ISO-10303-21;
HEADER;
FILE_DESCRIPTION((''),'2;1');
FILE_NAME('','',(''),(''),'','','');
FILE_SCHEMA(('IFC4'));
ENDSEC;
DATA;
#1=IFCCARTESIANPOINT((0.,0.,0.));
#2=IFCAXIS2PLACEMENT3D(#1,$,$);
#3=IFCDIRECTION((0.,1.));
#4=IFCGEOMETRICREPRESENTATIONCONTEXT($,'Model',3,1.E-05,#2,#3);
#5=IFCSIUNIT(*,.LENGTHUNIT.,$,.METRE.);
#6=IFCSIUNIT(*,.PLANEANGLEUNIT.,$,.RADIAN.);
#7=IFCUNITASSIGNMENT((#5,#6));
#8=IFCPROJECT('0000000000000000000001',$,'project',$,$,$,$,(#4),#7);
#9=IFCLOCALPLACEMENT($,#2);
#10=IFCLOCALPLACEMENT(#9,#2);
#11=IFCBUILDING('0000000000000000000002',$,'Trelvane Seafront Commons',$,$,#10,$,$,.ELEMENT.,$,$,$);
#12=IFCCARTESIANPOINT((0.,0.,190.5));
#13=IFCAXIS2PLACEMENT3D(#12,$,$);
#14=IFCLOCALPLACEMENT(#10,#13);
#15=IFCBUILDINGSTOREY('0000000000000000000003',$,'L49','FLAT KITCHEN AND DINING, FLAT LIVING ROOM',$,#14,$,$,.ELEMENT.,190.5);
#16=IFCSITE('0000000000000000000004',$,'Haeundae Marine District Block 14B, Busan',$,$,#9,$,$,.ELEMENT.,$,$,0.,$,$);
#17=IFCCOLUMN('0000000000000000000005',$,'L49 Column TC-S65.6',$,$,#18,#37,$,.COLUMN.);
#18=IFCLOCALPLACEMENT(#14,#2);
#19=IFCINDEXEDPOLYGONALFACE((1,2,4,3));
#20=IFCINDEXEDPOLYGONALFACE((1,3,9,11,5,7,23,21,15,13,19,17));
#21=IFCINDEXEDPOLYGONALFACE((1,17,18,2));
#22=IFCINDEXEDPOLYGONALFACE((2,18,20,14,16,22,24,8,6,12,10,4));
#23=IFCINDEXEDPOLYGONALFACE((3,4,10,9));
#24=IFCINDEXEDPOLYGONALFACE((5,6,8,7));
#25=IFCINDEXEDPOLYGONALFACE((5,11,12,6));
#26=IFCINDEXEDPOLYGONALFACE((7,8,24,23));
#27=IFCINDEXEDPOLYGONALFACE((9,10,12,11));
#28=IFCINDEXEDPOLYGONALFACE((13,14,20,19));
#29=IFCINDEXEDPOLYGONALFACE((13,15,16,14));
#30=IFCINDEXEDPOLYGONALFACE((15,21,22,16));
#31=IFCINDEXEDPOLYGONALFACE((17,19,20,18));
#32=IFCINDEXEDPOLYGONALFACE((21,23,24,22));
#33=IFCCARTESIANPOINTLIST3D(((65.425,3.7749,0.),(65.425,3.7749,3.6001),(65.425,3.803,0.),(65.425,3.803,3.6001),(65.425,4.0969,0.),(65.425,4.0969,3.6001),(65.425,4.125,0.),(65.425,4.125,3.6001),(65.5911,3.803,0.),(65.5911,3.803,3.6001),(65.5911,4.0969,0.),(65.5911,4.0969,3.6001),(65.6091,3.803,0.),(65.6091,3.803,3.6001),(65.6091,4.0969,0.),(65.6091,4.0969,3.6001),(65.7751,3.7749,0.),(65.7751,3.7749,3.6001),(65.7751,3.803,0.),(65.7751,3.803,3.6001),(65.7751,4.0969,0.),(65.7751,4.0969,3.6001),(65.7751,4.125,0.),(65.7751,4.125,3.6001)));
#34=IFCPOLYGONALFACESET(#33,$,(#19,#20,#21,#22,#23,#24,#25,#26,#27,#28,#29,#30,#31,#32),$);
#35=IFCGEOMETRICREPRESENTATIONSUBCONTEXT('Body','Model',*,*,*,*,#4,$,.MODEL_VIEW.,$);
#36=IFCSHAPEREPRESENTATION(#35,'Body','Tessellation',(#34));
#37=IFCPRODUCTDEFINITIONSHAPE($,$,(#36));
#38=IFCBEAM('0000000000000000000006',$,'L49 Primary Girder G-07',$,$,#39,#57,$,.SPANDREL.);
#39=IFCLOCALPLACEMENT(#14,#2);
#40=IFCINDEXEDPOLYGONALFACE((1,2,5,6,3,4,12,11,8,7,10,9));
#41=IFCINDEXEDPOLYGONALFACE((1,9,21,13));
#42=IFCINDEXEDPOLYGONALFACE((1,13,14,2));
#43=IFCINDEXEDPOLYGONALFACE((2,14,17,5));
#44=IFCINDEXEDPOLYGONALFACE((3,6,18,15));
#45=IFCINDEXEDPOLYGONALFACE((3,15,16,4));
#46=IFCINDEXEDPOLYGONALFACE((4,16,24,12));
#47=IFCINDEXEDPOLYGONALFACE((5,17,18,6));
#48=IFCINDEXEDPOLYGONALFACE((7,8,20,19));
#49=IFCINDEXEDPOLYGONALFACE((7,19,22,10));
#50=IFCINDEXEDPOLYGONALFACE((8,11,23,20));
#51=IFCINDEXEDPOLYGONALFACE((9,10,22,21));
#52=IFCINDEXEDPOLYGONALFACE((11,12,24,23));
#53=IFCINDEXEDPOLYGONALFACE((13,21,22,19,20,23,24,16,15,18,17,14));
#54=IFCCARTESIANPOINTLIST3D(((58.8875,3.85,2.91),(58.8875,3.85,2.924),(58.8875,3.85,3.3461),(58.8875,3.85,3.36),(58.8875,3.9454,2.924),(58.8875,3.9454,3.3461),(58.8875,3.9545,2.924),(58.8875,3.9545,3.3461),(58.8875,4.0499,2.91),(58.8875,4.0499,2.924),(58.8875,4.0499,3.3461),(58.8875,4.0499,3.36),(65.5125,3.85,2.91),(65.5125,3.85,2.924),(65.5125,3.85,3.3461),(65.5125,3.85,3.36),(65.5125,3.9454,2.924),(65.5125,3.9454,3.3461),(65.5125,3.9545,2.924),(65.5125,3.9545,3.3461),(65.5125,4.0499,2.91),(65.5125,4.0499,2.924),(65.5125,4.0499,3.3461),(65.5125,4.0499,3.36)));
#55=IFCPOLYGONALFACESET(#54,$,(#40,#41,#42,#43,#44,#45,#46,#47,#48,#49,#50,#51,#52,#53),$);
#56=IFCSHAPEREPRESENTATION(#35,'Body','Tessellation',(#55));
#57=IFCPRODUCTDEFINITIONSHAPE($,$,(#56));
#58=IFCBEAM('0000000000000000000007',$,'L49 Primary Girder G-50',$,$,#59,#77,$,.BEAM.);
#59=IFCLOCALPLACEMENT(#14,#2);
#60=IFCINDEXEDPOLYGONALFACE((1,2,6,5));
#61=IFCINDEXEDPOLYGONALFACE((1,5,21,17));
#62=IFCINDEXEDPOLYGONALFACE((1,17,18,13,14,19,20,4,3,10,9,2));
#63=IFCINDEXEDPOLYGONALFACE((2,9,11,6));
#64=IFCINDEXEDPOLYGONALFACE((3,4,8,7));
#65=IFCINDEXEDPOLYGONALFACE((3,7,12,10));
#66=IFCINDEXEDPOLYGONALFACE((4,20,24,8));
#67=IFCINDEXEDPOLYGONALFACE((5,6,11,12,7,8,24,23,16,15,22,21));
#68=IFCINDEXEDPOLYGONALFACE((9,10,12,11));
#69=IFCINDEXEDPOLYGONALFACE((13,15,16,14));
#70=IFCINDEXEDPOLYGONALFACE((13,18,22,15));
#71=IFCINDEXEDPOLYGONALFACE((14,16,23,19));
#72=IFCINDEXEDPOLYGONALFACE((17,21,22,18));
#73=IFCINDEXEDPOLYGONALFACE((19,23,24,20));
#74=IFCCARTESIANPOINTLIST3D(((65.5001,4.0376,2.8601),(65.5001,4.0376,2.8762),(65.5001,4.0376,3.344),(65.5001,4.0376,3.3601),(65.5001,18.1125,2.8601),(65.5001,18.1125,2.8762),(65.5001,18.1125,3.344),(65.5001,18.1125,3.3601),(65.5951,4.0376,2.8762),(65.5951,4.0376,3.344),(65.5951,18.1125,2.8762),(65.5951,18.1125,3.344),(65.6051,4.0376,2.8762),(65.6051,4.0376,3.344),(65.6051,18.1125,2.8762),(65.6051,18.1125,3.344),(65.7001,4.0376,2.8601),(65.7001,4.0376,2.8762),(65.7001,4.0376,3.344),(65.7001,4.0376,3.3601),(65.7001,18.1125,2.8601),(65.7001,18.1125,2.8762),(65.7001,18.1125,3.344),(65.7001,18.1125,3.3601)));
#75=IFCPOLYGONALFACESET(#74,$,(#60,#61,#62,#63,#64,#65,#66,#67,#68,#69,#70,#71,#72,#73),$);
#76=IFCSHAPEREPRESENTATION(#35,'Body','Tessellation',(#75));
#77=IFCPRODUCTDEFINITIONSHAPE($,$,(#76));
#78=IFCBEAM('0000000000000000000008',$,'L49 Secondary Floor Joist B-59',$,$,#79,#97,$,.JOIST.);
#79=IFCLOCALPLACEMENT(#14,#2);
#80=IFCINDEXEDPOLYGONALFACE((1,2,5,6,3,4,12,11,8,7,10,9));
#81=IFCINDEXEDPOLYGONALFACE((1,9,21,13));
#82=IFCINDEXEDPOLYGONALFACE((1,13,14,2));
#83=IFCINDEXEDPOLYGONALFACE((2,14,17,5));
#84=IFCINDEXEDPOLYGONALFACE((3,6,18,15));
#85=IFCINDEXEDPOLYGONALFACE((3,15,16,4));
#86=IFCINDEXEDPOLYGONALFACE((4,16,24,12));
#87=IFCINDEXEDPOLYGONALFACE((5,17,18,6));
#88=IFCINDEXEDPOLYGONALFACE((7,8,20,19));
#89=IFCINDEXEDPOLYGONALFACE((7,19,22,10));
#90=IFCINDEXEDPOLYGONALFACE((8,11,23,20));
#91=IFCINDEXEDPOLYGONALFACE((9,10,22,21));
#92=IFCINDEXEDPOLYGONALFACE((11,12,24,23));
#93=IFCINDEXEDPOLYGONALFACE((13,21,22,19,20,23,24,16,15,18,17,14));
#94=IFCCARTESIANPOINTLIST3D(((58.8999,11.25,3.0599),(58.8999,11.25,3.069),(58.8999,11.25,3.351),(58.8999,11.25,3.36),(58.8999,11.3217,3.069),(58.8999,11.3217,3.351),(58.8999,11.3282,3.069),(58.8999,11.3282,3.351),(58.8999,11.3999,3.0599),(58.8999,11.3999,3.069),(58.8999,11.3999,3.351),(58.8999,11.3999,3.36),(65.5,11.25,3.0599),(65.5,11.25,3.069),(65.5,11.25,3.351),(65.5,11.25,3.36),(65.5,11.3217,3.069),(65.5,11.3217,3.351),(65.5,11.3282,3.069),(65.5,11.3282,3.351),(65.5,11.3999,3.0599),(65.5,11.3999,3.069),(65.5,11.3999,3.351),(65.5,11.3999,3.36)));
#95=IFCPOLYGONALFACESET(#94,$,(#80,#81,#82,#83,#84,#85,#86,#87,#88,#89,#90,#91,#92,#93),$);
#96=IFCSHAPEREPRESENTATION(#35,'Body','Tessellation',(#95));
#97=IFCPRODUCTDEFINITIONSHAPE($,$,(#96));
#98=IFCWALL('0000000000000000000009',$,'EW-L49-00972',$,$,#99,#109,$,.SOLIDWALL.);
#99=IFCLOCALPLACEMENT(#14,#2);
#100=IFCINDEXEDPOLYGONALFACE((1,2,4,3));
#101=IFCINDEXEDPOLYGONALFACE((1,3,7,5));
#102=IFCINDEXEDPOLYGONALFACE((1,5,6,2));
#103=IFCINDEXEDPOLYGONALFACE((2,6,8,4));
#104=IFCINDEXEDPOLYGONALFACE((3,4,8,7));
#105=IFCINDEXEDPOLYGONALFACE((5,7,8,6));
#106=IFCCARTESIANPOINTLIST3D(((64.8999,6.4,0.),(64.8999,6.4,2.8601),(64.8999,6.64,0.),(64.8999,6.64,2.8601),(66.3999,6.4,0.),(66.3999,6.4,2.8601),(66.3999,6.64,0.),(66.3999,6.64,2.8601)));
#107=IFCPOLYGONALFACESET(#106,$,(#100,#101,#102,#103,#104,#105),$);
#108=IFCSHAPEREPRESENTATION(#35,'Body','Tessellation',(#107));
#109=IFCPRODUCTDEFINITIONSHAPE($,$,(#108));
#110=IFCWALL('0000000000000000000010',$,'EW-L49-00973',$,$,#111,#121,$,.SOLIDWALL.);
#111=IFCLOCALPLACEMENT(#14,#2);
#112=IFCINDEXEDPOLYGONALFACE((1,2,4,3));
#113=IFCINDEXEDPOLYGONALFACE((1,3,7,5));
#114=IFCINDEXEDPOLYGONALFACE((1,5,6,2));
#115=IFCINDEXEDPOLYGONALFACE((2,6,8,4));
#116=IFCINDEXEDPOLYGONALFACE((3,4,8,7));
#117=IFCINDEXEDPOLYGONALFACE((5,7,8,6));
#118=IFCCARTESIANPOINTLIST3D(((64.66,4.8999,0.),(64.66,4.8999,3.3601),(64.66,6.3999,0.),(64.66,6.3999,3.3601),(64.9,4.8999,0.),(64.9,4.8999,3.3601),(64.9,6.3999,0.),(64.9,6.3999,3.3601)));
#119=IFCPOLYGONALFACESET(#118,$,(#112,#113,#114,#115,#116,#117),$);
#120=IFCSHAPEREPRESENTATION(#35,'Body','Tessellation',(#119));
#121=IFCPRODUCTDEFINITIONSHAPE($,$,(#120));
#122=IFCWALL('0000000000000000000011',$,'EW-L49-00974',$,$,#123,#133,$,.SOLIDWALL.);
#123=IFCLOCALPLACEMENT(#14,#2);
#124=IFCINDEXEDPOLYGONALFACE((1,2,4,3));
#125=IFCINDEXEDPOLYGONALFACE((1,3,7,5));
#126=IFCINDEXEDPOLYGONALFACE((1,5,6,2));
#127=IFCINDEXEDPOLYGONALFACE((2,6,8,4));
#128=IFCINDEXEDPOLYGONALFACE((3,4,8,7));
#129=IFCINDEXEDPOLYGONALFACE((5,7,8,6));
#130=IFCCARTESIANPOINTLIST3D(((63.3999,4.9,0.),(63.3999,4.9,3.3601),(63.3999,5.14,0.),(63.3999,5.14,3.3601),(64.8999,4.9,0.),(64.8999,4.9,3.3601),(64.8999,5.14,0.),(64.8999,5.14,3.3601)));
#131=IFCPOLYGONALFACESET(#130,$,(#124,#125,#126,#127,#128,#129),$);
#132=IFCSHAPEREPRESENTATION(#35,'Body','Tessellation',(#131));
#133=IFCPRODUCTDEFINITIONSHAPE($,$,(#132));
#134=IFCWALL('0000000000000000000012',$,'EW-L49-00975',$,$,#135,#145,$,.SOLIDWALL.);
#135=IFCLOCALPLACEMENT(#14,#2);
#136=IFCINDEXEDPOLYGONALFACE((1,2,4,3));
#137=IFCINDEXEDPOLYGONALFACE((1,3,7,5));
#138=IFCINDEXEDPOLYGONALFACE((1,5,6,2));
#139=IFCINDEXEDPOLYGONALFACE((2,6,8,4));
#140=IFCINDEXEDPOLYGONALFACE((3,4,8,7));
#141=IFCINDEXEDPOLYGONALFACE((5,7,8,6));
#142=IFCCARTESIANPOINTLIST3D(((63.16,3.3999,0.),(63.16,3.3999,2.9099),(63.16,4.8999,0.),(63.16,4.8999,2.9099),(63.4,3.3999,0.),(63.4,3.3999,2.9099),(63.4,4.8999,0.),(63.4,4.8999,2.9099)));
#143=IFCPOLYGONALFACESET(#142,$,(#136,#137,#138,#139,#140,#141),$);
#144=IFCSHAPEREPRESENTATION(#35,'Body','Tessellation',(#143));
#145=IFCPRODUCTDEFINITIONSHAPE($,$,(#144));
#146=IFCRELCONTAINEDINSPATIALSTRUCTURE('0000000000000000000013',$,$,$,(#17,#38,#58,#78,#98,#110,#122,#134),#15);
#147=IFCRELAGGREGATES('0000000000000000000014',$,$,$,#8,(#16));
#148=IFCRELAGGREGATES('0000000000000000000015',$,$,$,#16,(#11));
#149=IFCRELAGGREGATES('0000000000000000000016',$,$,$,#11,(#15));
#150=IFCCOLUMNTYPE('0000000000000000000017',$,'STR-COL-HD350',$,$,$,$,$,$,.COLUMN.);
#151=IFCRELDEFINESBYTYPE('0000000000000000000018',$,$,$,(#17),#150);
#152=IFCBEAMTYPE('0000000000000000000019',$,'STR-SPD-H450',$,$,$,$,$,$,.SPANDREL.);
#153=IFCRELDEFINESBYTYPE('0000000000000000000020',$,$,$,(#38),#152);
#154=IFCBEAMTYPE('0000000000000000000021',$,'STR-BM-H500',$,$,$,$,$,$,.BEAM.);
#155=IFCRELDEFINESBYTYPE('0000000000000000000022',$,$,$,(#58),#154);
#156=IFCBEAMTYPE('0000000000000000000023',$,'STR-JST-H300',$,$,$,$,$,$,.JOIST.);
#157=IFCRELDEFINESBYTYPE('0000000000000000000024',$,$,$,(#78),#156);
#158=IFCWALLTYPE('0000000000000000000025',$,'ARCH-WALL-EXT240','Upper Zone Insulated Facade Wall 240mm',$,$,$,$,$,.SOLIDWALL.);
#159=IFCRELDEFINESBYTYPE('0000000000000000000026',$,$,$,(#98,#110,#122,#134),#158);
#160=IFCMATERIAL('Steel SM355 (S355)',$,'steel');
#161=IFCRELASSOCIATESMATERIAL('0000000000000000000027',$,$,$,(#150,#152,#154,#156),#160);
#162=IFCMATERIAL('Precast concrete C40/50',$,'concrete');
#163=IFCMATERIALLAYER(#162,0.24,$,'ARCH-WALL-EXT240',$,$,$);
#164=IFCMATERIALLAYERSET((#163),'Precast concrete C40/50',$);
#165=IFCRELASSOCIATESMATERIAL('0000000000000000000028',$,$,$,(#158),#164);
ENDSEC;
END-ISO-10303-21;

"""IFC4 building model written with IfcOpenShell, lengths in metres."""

from ifc_helpers import new_model, si_unit, direction, frame, frame_2d, origin, origin_2d, place, context, subcontext, project, spatial, rectangle, i_section, extrude, source, transform, mapped, material, layer, layer_set, material_profile, profile_set, type_object, element, save


model = new_model("IFC4")

# Units and contexts
model_context = context("Model", 3, precision=1e-05, world=origin(), true_north=direction((0.0, 1.0)))
body_context = subcontext(model_context, "Body", "Model", "MODEL_VIEW")
ifc_project = project(units=[si_unit("LENGTHUNIT", "METRE"), si_unit("PLANEANGLEUNIT", "RADIAN")], contexts=[model_context])

# Site, building, storey
site_placement = place(None, origin())
site = spatial("IfcSite", under=ifc_project, at=site_placement, Name="Haeundae Marine District Block 14B, Busan", CompositionType="ELEMENT", RefElevation=0.0)
building_placement = place(site_placement, origin())
building = spatial("IfcBuilding", under=site, at=building_placement, Name="Trelvane Seafront Commons", CompositionType="ELEMENT")
storey_placement = place(building_placement, frame((0.0, 0.0, 190.5)))
storey = spatial("IfcBuildingStorey", under=building, at=storey_placement, Name="L49", Description="FLAT KITCHEN AND DINING, FLAT LIVING ROOM", CompositionType="ELEMENT", Elevation=190.5)

# Column
ifc_material_1 = material(Name="Steel SM355 (S355)", Category="steel")
ifc_material_profile_1 = material_profile(ifc_material_1, i_section(OverallWidth=0.3501, OverallDepth=0.3501, WebThickness=0.0181, FlangeThickness=0.0281, at=origin_2d()), Name="HD-350x350x18x28")
ifc_profile_set_1 = profile_set([ifc_material_profile_1], Name="Steel SM355 (S355)")
column_type = type_object("IfcColumnType", Name="STR-COL-HD350", PredefinedType="COLUMN", material=ifc_profile_set_1)
shared_shape_1 = source(origin(), body_context, "Body", "SweptSolid", [
    extrude(i_section(OverallWidth=0.3501, OverallDepth=0.3501, WebThickness=0.0181, FlangeThickness=0.0281, at=origin_2d()), origin(), (0.0, 0.0, 1.0), 3.6001),
])
column_placement = place(storey_placement, frame((65.6001, 3.95, 0.0), z_axis=(0.0, 0.0, 1.0), x_axis=(1.0, 0.0, 0.0)))
element("IfcColumn", 1, at=column_placement, inside=storey, type_object=column_type, Name="L49 Column TC-S65.6", PredefinedType="COLUMN", context=body_context, shape_type="MappedRepresentation", body=[
    mapped(shared_shape_1, transform((0.0, 0.0, 0.0), x_axis=(1.0, 0.0, 0.0), y_axis=(0.0, 1.0, 0.0), z_axis=(0.0, 0.0, 1.0), scale=1.0)),
])

# Beams
ifc_material_profile_2 = material_profile(ifc_material_1, i_section(OverallWidth=0.2, OverallDepth=0.45, WebThickness=0.009, FlangeThickness=0.0139, at=origin_2d()), Name="H-450x200x9x14")
ifc_profile_set_2 = profile_set([ifc_material_profile_2], Name="Steel SM355 (S355)")
beam_type_1 = type_object("IfcBeamType", Name="STR-SPD-H450", PredefinedType="SPANDREL", material=ifc_profile_set_2)
shared_shape_2 = source(origin(), body_context, "Body", "SweptSolid", [
    extrude(i_section(OverallWidth=0.2, OverallDepth=0.45, WebThickness=0.009, FlangeThickness=0.0139, at=origin_2d()), origin(), (0.0, 0.0, 1.0), 6.625),
])
beam_1_placement = place(storey_placement, frame((58.8875, 3.95, 3.135), z_axis=(1.0, 0.0, 0.0), x_axis=(0.0, 1.0, 0.0)))
element("IfcBeam", 2, at=beam_1_placement, inside=storey, type_object=beam_type_1, Name="L49 Primary Girder G-07", PredefinedType="SPANDREL", context=body_context, shape_type="MappedRepresentation", body=[
    mapped(shared_shape_2, transform((0.0, 0.0, 0.0), x_axis=(1.0, 0.0, 0.0), y_axis=(0.0, 1.0, 0.0), z_axis=(0.0, 0.0, 1.0), scale=1.0)),
])
ifc_material_profile_3 = material_profile(ifc_material_1, i_section(OverallWidth=0.2, OverallDepth=0.5, WebThickness=0.01, FlangeThickness=0.0161, at=origin_2d()), Name="H-500x200x10x16")
ifc_profile_set_3 = profile_set([ifc_material_profile_3], Name="Steel SM355 (S355)")
beam_type_2 = type_object("IfcBeamType", Name="STR-BM-H500", PredefinedType="BEAM", material=ifc_profile_set_3)
shared_shape_3 = source(origin(), body_context, "Body", "SweptSolid", [
    extrude(i_section(OverallWidth=0.2, OverallDepth=0.5, WebThickness=0.01, FlangeThickness=0.0161, at=origin_2d()), origin(), (0.0, 0.0, 1.0), 14.075),
])
beam_2_placement = place(storey_placement, frame((65.6001, 4.0376, 3.1101), z_axis=(0.0, 1.0, 0.0), x_axis=(-1.0, 0.0, 0.0)))
element("IfcBeam", 3, at=beam_2_placement, inside=storey, type_object=beam_type_2, Name="L49 Primary Girder G-50", PredefinedType="BEAM", context=body_context, shape_type="MappedRepresentation", body=[
    mapped(shared_shape_3, transform((0.0, 0.0, 0.0), x_axis=(1.0, 0.0, 0.0), y_axis=(0.0, 1.0, 0.0), z_axis=(0.0, 0.0, 1.0), scale=1.0)),
])
ifc_material_profile_4 = material_profile(ifc_material_1, i_section(OverallWidth=0.1499, OverallDepth=0.3, WebThickness=0.0066, FlangeThickness=0.009, at=origin_2d()), Name="H-300x150x6.5x9")
ifc_profile_set_4 = profile_set([ifc_material_profile_4], Name="Steel SM355 (S355)")
beam_type_3 = type_object("IfcBeamType", Name="STR-JST-H300", PredefinedType="JOIST", material=ifc_profile_set_4)
shared_shape_4 = source(origin(), body_context, "Body", "SweptSolid", [
    extrude(i_section(OverallWidth=0.1499, OverallDepth=0.3, WebThickness=0.0066, FlangeThickness=0.009, at=origin_2d()), origin(), (0.0, 0.0, 1.0), 6.6001),
])
beam_3_placement = place(storey_placement, frame((58.8999, 11.325, 3.21), z_axis=(1.0, 0.0, 0.0), x_axis=(0.0, 1.0, 0.0)))
element("IfcBeam", 4, at=beam_3_placement, inside=storey, type_object=beam_type_3, Name="L49 Secondary Floor Joist B-59", PredefinedType="JOIST", context=body_context, shape_type="MappedRepresentation", body=[
    mapped(shared_shape_4, transform((0.0, 0.0, 0.0), x_axis=(1.0, 0.0, 0.0), y_axis=(0.0, 1.0, 0.0), z_axis=(0.0, 0.0, 1.0), scale=1.0)),
])

# Walls
ifc_material_2 = material(Name="Precast concrete C40/50", Category="concrete")
ifc_layer_1 = layer(ifc_material_2, 0.24, Name="ARCH-WALL-EXT240")
ifc_layer_set_1 = layer_set([ifc_layer_1], Name="Precast concrete C40/50")
wall_type_1 = type_object("IfcWallType", Name="ARCH-WALL-EXT240", Description="Upper Zone Insulated Facade Wall 240mm", PredefinedType="SOLIDWALL", material=ifc_layer_set_1)
wall_1_placement = place(storey_placement, frame((66.3999, 6.52, 0.0), z_axis=(0.0, 0.0, 1.0), x_axis=(-1.0, 0.0, 0.0)))
element("IfcWall", 5, at=wall_1_placement, inside=storey, type_object=wall_type_1, Name="EW-L49-00972", PredefinedType="SOLIDWALL", context=body_context, shape_type="SweptSolid", body=[
    extrude(rectangle(XDim=1.5, YDim=0.24, at=frame_2d((0.75, 0.0))), origin(), (0.0, 0.0, 1.0), 2.8601),
])
for number, where, z_axis, x_axis, name in (
    (6, (64.78, 6.3999, 0.0), (0.0, 0.0, 1.0), (0.0, -1.0, 0.0), "EW-L49-00973"),
    (7, (64.8999, 5.02, 0.0), (0.0, 0.0, 1.0), (-1.0, 0.0, 0.0), "EW-L49-00974"),
):
    element("IfcWall", number, at=place(storey_placement, frame(where, z_axis=z_axis, x_axis=x_axis)), inside=storey, type_object=wall_type_1, Name=name, PredefinedType="SOLIDWALL", context=body_context, shape_type="SweptSolid", body=[
        extrude(rectangle(XDim=1.5, YDim=0.24, at=frame_2d((0.75, 0.0))), origin(), (0.0, 0.0, 1.0), 3.3601),
    ])
wall_2_placement = place(storey_placement, frame((63.28, 4.8999, 0.0), z_axis=(0.0, 0.0, 1.0), x_axis=(0.0, -1.0, 0.0)))
element("IfcWall", 8, at=wall_2_placement, inside=storey, type_object=wall_type_1, Name="EW-L49-00975", PredefinedType="SOLIDWALL", context=body_context, shape_type="SweptSolid", body=[
    extrude(rectangle(XDim=1.5, YDim=0.24, at=frame_2d((0.75, 0.0))), origin(), (0.0, 0.0, 1.0), 2.9099),
])

save(model, "model.ifc")
